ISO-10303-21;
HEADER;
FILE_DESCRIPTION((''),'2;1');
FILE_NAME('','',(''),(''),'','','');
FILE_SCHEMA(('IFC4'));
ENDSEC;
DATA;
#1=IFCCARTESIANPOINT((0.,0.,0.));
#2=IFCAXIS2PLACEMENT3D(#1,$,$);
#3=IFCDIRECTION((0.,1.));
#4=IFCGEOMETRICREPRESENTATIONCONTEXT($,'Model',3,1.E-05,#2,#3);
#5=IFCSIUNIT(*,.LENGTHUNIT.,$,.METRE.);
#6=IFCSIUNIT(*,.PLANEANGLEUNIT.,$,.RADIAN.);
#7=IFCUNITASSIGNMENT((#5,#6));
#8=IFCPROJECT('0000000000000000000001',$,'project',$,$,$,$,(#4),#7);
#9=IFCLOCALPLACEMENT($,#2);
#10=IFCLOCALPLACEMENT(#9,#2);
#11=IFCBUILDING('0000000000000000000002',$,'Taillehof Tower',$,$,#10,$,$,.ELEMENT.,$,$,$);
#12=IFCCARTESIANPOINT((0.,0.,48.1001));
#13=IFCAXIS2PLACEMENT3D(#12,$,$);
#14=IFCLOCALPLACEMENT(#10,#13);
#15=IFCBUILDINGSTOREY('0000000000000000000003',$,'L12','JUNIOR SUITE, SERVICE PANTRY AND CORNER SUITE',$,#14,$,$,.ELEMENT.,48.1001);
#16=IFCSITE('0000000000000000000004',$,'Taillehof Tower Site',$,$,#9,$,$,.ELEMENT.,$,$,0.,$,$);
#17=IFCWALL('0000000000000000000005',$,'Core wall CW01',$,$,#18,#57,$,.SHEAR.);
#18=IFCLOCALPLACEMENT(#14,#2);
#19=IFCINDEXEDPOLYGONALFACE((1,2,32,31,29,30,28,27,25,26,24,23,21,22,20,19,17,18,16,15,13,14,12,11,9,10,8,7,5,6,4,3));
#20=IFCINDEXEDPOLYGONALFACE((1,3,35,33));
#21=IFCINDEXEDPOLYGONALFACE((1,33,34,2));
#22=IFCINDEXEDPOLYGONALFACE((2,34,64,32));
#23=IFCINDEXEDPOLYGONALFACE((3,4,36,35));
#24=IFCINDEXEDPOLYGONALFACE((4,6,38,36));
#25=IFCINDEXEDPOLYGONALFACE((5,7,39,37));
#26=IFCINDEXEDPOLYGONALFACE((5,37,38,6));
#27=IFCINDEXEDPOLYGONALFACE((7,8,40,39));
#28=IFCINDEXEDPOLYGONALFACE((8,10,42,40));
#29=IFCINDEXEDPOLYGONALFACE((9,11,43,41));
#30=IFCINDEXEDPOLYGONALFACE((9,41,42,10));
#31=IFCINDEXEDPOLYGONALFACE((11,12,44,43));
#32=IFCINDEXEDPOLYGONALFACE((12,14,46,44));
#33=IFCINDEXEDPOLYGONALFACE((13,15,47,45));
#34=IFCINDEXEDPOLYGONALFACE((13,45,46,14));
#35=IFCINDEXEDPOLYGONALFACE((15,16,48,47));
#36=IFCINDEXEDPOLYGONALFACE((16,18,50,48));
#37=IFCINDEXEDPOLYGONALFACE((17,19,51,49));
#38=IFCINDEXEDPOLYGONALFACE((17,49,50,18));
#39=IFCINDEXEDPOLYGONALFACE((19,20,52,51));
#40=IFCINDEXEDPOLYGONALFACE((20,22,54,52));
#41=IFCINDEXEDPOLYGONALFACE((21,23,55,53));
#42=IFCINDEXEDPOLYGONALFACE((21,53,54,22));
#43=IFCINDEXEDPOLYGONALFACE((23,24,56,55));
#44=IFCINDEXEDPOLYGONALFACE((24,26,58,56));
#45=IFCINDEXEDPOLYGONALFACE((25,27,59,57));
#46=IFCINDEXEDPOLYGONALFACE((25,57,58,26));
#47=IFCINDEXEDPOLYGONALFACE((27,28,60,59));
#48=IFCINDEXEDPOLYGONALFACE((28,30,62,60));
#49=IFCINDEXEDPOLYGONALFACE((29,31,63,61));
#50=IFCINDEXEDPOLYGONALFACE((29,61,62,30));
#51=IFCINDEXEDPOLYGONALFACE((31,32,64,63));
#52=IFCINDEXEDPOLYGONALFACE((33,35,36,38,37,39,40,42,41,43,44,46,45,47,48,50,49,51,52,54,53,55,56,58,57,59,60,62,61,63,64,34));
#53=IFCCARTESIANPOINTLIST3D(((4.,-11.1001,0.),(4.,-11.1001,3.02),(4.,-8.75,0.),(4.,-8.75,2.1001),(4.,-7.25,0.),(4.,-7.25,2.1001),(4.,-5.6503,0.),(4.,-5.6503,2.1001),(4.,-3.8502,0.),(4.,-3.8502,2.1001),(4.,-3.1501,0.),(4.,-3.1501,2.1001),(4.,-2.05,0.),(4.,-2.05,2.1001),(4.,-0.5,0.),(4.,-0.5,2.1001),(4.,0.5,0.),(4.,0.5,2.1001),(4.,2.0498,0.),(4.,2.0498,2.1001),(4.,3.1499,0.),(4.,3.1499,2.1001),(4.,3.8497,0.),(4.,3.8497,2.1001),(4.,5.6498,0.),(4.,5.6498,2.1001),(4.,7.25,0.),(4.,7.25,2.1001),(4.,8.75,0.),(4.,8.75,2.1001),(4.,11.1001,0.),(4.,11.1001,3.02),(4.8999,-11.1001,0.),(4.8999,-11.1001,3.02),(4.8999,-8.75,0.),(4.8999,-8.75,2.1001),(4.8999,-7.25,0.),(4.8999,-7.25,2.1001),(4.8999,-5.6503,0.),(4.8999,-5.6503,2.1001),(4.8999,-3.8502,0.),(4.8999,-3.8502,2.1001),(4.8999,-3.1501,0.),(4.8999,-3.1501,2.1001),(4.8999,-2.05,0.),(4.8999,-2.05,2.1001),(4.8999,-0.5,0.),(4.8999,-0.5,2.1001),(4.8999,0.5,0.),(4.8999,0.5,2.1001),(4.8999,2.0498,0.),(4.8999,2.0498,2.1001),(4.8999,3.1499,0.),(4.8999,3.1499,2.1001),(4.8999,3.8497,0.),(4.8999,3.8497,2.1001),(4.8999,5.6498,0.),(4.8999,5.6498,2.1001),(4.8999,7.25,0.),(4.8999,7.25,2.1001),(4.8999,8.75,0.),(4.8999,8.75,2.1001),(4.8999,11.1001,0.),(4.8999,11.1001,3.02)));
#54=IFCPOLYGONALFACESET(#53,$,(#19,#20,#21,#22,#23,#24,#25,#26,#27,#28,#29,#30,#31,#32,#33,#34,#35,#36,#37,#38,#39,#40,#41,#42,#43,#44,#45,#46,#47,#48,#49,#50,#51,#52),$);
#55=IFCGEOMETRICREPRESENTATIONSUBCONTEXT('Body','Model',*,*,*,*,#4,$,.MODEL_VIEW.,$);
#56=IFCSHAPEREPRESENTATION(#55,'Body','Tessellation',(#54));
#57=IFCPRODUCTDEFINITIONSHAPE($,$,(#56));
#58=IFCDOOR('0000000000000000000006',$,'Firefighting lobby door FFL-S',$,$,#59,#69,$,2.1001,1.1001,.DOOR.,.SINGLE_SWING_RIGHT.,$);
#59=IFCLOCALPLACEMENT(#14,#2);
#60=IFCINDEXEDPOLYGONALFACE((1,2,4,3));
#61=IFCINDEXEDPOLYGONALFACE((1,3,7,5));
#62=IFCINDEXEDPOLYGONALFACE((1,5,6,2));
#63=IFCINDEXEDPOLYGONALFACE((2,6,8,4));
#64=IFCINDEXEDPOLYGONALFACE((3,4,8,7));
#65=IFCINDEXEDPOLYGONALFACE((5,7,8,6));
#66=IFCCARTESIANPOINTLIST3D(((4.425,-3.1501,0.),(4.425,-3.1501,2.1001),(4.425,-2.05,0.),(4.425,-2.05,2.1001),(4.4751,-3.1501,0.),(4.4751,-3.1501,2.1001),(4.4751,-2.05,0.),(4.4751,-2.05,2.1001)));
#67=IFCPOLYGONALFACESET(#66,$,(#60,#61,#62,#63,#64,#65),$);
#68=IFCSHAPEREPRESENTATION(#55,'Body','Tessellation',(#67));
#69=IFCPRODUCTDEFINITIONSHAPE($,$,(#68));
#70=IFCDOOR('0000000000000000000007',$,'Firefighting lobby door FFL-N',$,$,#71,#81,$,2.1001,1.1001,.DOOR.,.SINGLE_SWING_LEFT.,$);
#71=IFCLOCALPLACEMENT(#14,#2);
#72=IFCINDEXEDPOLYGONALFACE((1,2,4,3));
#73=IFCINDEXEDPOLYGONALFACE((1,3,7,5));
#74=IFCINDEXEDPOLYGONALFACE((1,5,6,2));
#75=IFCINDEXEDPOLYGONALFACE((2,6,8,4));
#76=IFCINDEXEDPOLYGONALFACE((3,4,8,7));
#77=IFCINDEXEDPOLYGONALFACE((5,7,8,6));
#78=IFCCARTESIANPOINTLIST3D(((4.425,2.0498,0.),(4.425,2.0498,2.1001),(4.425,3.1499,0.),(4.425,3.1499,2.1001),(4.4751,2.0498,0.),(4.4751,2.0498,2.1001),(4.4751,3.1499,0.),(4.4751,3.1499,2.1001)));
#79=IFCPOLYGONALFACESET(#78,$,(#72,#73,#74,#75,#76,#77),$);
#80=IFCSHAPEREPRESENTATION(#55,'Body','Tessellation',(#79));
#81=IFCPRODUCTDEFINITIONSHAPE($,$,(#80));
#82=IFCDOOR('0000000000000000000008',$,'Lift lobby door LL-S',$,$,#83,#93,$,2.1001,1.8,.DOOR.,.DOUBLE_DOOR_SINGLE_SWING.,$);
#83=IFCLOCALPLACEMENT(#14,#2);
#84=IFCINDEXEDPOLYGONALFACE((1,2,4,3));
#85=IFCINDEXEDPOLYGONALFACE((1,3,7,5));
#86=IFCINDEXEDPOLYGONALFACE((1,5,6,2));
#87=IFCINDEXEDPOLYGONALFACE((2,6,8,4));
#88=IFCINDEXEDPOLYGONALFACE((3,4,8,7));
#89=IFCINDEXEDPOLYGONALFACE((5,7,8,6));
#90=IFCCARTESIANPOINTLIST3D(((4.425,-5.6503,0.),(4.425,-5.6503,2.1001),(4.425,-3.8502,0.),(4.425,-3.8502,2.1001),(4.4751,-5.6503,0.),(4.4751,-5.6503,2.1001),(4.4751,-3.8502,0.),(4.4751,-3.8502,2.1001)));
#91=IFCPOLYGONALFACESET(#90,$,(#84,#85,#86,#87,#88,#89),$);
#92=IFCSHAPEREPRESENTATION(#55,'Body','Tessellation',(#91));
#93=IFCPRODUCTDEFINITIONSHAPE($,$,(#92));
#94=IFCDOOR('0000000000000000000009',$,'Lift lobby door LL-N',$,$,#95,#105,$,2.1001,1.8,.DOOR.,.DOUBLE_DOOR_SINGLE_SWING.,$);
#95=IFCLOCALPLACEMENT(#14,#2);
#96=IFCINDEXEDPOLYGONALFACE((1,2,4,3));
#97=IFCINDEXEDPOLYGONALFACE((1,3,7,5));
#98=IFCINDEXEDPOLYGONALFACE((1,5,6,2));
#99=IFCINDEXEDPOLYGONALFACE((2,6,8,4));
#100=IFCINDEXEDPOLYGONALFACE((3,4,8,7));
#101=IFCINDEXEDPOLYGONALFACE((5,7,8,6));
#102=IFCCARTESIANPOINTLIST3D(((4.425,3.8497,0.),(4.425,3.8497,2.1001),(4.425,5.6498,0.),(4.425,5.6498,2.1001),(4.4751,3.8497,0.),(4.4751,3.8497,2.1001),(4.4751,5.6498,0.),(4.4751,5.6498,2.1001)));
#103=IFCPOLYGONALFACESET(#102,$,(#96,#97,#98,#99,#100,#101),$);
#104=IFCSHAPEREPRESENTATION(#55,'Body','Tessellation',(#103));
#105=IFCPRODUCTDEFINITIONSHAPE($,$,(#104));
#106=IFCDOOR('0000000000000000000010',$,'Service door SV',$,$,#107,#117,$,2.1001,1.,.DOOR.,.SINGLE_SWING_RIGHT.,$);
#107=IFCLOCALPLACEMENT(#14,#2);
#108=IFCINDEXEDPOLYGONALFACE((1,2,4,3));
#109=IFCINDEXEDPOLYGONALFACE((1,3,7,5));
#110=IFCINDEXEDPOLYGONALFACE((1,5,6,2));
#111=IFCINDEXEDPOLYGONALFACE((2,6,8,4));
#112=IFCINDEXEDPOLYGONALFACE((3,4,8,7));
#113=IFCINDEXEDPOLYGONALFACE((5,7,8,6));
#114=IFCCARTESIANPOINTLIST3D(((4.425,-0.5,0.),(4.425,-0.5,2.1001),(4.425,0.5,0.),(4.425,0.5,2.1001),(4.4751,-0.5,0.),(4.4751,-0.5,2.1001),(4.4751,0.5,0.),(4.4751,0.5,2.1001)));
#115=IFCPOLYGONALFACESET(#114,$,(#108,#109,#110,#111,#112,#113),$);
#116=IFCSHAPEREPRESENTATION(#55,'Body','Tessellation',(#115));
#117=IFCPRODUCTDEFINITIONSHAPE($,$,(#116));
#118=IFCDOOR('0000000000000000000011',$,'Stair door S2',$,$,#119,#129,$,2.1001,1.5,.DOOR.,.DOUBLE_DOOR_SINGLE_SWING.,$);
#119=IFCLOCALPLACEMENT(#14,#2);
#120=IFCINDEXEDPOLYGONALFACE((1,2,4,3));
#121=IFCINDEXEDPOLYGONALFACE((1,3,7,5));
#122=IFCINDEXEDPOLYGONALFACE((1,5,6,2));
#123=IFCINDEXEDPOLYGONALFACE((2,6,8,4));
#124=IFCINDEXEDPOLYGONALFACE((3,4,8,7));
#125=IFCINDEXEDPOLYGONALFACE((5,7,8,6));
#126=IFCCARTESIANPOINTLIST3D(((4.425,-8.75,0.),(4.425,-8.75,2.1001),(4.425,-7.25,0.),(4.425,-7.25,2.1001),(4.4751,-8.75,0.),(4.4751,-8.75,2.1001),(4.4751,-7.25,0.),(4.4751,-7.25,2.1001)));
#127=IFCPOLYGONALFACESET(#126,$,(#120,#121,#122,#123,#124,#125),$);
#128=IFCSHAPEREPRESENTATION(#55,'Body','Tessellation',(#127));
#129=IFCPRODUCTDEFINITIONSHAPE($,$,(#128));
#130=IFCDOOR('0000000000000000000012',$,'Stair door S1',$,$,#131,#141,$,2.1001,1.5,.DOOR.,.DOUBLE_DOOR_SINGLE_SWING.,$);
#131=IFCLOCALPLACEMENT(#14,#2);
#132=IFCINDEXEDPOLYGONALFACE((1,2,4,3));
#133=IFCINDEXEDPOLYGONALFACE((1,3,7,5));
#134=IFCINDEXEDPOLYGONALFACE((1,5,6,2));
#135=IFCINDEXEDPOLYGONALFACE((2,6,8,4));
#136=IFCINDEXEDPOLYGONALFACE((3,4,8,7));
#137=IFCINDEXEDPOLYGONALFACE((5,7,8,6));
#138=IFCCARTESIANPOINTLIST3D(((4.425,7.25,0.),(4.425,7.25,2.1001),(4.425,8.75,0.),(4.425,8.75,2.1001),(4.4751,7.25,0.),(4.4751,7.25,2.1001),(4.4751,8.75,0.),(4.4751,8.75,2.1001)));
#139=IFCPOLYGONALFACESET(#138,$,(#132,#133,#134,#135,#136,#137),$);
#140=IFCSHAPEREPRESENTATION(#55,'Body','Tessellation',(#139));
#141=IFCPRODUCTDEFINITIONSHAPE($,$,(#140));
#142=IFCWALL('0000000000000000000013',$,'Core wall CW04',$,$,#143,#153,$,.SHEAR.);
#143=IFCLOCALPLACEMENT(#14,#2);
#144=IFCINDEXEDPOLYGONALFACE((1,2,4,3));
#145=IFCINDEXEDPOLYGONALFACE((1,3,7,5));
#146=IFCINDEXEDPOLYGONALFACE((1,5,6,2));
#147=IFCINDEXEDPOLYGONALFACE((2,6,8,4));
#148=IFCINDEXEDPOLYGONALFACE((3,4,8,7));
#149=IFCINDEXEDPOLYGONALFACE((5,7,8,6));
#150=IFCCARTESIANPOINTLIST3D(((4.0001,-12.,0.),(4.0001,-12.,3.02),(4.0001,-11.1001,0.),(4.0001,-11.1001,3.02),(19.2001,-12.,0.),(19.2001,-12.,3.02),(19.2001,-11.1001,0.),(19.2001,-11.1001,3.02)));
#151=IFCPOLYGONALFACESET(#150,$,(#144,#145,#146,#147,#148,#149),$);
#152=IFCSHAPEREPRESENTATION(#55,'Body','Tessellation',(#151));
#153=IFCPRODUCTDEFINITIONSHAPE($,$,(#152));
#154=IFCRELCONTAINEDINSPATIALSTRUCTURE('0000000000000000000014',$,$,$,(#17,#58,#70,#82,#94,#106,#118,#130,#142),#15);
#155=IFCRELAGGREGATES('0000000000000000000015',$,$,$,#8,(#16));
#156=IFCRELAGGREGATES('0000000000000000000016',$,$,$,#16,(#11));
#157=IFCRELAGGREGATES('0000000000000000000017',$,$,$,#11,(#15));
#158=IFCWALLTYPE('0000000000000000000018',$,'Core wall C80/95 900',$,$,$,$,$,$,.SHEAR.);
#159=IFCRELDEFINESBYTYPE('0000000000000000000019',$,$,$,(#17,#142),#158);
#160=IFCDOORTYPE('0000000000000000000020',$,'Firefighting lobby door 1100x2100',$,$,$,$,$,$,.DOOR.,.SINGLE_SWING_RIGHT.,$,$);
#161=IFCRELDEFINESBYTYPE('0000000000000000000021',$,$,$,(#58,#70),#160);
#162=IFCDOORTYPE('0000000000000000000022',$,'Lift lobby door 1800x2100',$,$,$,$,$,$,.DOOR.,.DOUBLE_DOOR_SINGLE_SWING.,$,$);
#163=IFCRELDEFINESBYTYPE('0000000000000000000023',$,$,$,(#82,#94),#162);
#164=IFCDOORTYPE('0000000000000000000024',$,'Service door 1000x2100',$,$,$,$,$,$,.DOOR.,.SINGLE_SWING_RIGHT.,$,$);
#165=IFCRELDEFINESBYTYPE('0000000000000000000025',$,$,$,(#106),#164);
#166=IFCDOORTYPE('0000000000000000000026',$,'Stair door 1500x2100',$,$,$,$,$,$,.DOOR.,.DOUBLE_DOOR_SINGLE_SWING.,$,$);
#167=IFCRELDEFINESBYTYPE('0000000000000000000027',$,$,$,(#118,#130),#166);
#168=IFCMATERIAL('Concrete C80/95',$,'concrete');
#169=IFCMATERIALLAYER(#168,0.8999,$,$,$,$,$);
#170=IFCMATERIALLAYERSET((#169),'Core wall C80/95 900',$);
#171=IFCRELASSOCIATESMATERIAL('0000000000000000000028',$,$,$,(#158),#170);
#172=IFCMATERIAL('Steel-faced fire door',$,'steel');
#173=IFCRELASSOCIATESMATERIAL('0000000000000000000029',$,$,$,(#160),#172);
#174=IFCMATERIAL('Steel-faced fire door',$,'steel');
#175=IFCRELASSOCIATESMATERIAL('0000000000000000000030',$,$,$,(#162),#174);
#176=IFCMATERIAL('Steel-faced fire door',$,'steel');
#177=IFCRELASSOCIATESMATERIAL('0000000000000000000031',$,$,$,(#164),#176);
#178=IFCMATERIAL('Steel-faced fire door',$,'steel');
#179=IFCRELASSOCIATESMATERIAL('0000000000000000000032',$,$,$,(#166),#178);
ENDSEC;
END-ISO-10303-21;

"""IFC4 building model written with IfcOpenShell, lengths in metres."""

from ifc_helpers import new_model, si_unit, direction, frame, frame_2d, origin, place, context, subcontext, project, spatial, rectangle, extrude, material, layer, layer_set, type_object, element, fill, save


model = new_model("IFC4")

# Units and contexts
model_context = context("Model", 3, precision=1e-05, world=origin(), true_north=direction((0.0, 1.0)))
body_context = subcontext(model_context, "Body", "Model", "MODEL_VIEW")
ifc_project = project(units=[si_unit("LENGTHUNIT", "METRE"), si_unit("PLANEANGLEUNIT", "RADIAN")], contexts=[model_context])

# Site, building, storey
site_placement = place(None, origin())
site = spatial("IfcSite", under=ifc_project, at=site_placement, Name="Taillehof Tower Site", CompositionType="ELEMENT", RefElevation=0.0)
building_placement = place(site_placement, origin())
building = spatial("IfcBuilding", under=site, at=building_placement, Name="Taillehof Tower", CompositionType="ELEMENT")
storey_placement = place(building_placement, frame((0.0, 0.0, 48.1001)))
storey = spatial("IfcBuildingStorey", under=building, at=storey_placement, Name="L12", Description="JUNIOR SUITE, SERVICE PANTRY AND CORNER SUITE", CompositionType="ELEMENT", Elevation=48.1001)

# Wall, openings, doors
ifc_material_1 = material(Name="Concrete C80/95", Category="concrete")
ifc_layer_1 = layer(ifc_material_1, 0.8999)
ifc_layer_set_1 = layer_set([ifc_layer_1], Name="Core wall C80/95 900")
wall_type_1 = type_object("IfcWallType", Name="Core wall C80/95 900", PredefinedType="SHEAR", material=ifc_layer_set_1)
wall_1_placement = place(storey_placement, frame((4.45, -11.1001, 0.0), z_axis=(0.0, 0.0, 1.0), x_axis=(0.0, 1.0, 0.0)))
wall_1 = element("IfcWall", 1, at=wall_1_placement, inside=storey, type_object=wall_type_1, Name="Core wall CW01", PredefinedType="SHEAR", context=body_context, shape_type="SweptSolid", body=[
    extrude(rectangle(XDim=22.2002, YDim=0.8999, at=frame_2d((11.1001, 0.0))), origin(), (0.0, 0.0, 1.0), 3.02),
])
opening_1_placement = place(wall_1_placement, frame((2.3501, 0.0, 0.0)))
opening_1 = element("IfcOpeningElement", 2, at=opening_1_placement, cuts=wall_1, PredefinedType="OPENING", context=body_context, shape_type="SweptSolid", body=[
    extrude(rectangle(XDim=1.5, YDim=2.1001, at=frame_2d((0.75, 1.05))), frame((0.0, 0.46, 0.0), z_axis=(0.0, -1.0, 0.0), x_axis=(1.0, 0.0, 0.0)), (0.0, 0.0, 1.0), 0.9199),
])
opening_2_placement = place(wall_1_placement, frame((5.45, 0.0, 0.0)))
opening_2 = element("IfcOpeningElement", 3, at=opening_2_placement, cuts=wall_1, PredefinedType="OPENING", context=body_context, shape_type="SweptSolid", body=[
    extrude(rectangle(XDim=1.8, YDim=2.1001, at=frame_2d((0.8999, 1.05))), frame((0.0, 0.46, 0.0), z_axis=(0.0, -1.0, 0.0), x_axis=(1.0, 0.0, 0.0)), (0.0, 0.0, 1.0), 0.9199),
])
opening_3_placement = place(wall_1_placement, frame((7.95, 0.0, 0.0)))
opening_3 = element("IfcOpeningElement", 4, at=opening_3_placement, cuts=wall_1, PredefinedType="OPENING", context=body_context, shape_type="SweptSolid", body=[
    extrude(rectangle(XDim=1.1001, YDim=2.1001, at=frame_2d((0.55, 1.05))), frame((0.0, 0.46, 0.0), z_axis=(0.0, -1.0, 0.0), x_axis=(1.0, 0.0, 0.0)), (0.0, 0.0, 1.0), 0.9199),
])
opening_4_placement = place(wall_1_placement, frame((10.6001, 0.0, 0.0)))
opening_4 = element("IfcOpeningElement", 5, at=opening_4_placement, cuts=wall_1, PredefinedType="OPENING", context=body_context, shape_type="SweptSolid", body=[
    extrude(rectangle(XDim=1.0, YDim=2.1001, at=frame_2d((0.5, 1.05))), frame((0.0, 0.46, 0.0), z_axis=(0.0, -1.0, 0.0), x_axis=(1.0, 0.0, 0.0)), (0.0, 0.0, 1.0), 0.9199),
])
opening_5_placement = place(wall_1_placement, frame((13.1499, 0.0, 0.0)))
opening_5 = element("IfcOpeningElement", 6, at=opening_5_placement, cuts=wall_1, PredefinedType="OPENING", context=body_context, shape_type="SweptSolid", body=[
    extrude(rectangle(XDim=1.1001, YDim=2.1001, at=frame_2d((0.55, 1.05))), frame((0.0, 0.46, 0.0), z_axis=(0.0, -1.0, 0.0), x_axis=(1.0, 0.0, 0.0)), (0.0, 0.0, 1.0), 0.9199),
])
opening_6_placement = place(wall_1_placement, frame((14.95, 0.0, 0.0)))
opening_6 = element("IfcOpeningElement", 7, at=opening_6_placement, cuts=wall_1, PredefinedType="OPENING", context=body_context, shape_type="SweptSolid", body=[
    extrude(rectangle(XDim=1.8, YDim=2.1001, at=frame_2d((0.8999, 1.05))), frame((0.0, 0.46, 0.0), z_axis=(0.0, -1.0, 0.0), x_axis=(1.0, 0.0, 0.0)), (0.0, 0.0, 1.0), 0.9199),
])
opening_7_placement = place(wall_1_placement, frame((18.3501, 0.0, 0.0)))
opening_7 = element("IfcOpeningElement", 8, at=opening_7_placement, cuts=wall_1, PredefinedType="OPENING", context=body_context, shape_type="SweptSolid", body=[
    extrude(rectangle(XDim=1.5, YDim=2.1001, at=frame_2d((0.75, 1.05))), frame((0.0, 0.46, 0.0), z_axis=(0.0, -1.0, 0.0), x_axis=(1.0, 0.0, 0.0)), (0.0, 0.0, 1.0), 0.9199),
])
ifc_material_2 = material(Name="Steel-faced fire door", Category="steel")
door_type_1 = type_object("IfcDoorType", Name="Firefighting lobby door 1100x2100", OperationType="SINGLE_SWING_RIGHT", PredefinedType="DOOR", material=ifc_material_2)
door_1_placement = place(opening_3_placement, origin())
door_1 = element("IfcDoor", 9, at=door_1_placement, inside=storey, type_object=door_type_1, Name="Firefighting lobby door FFL-S", OperationType="SINGLE_SWING_RIGHT", OverallHeight=2.1001, OverallWidth=1.1001, PredefinedType="DOOR", context=body_context, shape_type="SweptSolid", body=[
    extrude(rectangle(XDim=1.1001, YDim=2.1001, at=frame_2d((0.55, 1.05))), frame((0.0, 0.0249, 0.0), z_axis=(0.0, -1.0, 0.0), x_axis=(1.0, 0.0, 0.0)), (0.0, 0.0, 1.0), 0.05),
])
fill(opening_3, door_1)
door_2_placement = place(opening_5_placement, origin())
door_2 = element("IfcDoor", 10, at=door_2_placement, inside=storey, type_object=door_type_1, Name="Firefighting lobby door FFL-N", OperationType="SINGLE_SWING_LEFT", OverallHeight=2.1001, OverallWidth=1.1001, PredefinedType="DOOR", context=body_context, shape_type="SweptSolid", body=[
    extrude(rectangle(XDim=1.1001, YDim=2.1001, at=frame_2d((0.55, 1.05))), frame((0.0, 0.0249, 0.0), z_axis=(0.0, -1.0, 0.0), x_axis=(1.0, 0.0, 0.0)), (0.0, 0.0, 1.0), 0.05),
])
fill(opening_5, door_2)
ifc_material_3 = material(Name="Steel-faced fire door", Category="steel")
door_type_2 = type_object("IfcDoorType", Name="Lift lobby door 1800x2100", OperationType="DOUBLE_DOOR_SINGLE_SWING", PredefinedType="DOOR", material=ifc_material_3)
door_3_placement = place(opening_2_placement, origin())
door_3 = element("IfcDoor", 11, at=door_3_placement, inside=storey, type_object=door_type_2, Name="Lift lobby door LL-S", OperationType="DOUBLE_DOOR_SINGLE_SWING", OverallHeight=2.1001, OverallWidth=1.8, PredefinedType="DOOR", context=body_context, shape_type="SweptSolid", body=[
    extrude(rectangle(XDim=1.8, YDim=2.1001, at=frame_2d((0.8999, 1.05))), frame((0.0, 0.0249, 0.0), z_axis=(0.0, -1.0, 0.0), x_axis=(1.0, 0.0, 0.0)), (0.0, 0.0, 1.0), 0.05),
])
fill(opening_2, door_3)
door_4_placement = place(opening_6_placement, origin())
door_4 = element("IfcDoor", 12, at=door_4_placement, inside=storey, type_object=door_type_2, Name="Lift lobby door LL-N", OperationType="DOUBLE_DOOR_SINGLE_SWING", OverallHeight=2.1001, OverallWidth=1.8, PredefinedType="DOOR", context=body_context, shape_type="SweptSolid", body=[
    extrude(rectangle(XDim=1.8, YDim=2.1001, at=frame_2d((0.8999, 1.05))), frame((0.0, 0.0249, 0.0), z_axis=(0.0, -1.0, 0.0), x_axis=(1.0, 0.0, 0.0)), (0.0, 0.0, 1.0), 0.05),
])
fill(opening_6, door_4)
ifc_material_4 = material(Name="Steel-faced fire door", Category="steel")
door_type_3 = type_object("IfcDoorType", Name="Service door 1000x2100", OperationType="SINGLE_SWING_RIGHT", PredefinedType="DOOR", material=ifc_material_4)
door_5_placement = place(opening_4_placement, origin())
door_5 = element("IfcDoor", 13, at=door_5_placement, inside=storey, type_object=door_type_3, Name="Service door SV", OperationType="SINGLE_SWING_RIGHT", OverallHeight=2.1001, OverallWidth=1.0, PredefinedType="DOOR", context=body_context, shape_type="SweptSolid", body=[
    extrude(rectangle(XDim=1.0, YDim=2.1001, at=frame_2d((0.5, 1.05))), frame((0.0, 0.0249, 0.0), z_axis=(0.0, -1.0, 0.0), x_axis=(1.0, 0.0, 0.0)), (0.0, 0.0, 1.0), 0.05),
])
fill(opening_4, door_5)
ifc_material_5 = material(Name="Steel-faced fire door", Category="steel")
door_type_4 = type_object("IfcDoorType", Name="Stair door 1500x2100", OperationType="DOUBLE_DOOR_SINGLE_SWING", PredefinedType="DOOR", material=ifc_material_5)
door_6_placement = place(opening_1_placement, origin())
door_6 = element("IfcDoor", 14, at=door_6_placement, inside=storey, type_object=door_type_4, Name="Stair door S2", OperationType="DOUBLE_DOOR_SINGLE_SWING", OverallHeight=2.1001, OverallWidth=1.5, PredefinedType="DOOR", context=body_context, shape_type="SweptSolid", body=[
    extrude(rectangle(XDim=1.5, YDim=2.1001, at=frame_2d((0.75, 1.05))), frame((0.0, 0.0249, 0.0), z_axis=(0.0, -1.0, 0.0), x_axis=(1.0, 0.0, 0.0)), (0.0, 0.0, 1.0), 0.05),
])
fill(opening_1, door_6)
door_7_placement = place(opening_7_placement, origin())
door_7 = element("IfcDoor", 15, at=door_7_placement, inside=storey, type_object=door_type_4, Name="Stair door S1", OperationType="DOUBLE_DOOR_SINGLE_SWING", OverallHeight=2.1001, OverallWidth=1.5, PredefinedType="DOOR", context=body_context, shape_type="SweptSolid", body=[
    extrude(rectangle(XDim=1.5, YDim=2.1001, at=frame_2d((0.75, 1.05))), frame((0.0, 0.0249, 0.0), z_axis=(0.0, -1.0, 0.0), x_axis=(1.0, 0.0, 0.0)), (0.0, 0.0, 1.0), 0.05),
])
fill(opening_7, door_7)

# Wall
wall_2_placement = place(storey_placement, frame((4.0, -11.55, 0.0), z_axis=(0.0, 0.0, 1.0), x_axis=(1.0, 0.0, 0.0)))
element("IfcWall", 16, at=wall_2_placement, inside=storey, type_object=wall_type_1, Name="Core wall CW04", PredefinedType="SHEAR", context=body_context, shape_type="SweptSolid", body=[
    extrude(rectangle(XDim=15.2, YDim=0.8999, at=frame_2d((7.6001, 0.0))), origin(), (0.0, 0.0, 1.0), 3.02),
])

save(model, "model.ifc")
